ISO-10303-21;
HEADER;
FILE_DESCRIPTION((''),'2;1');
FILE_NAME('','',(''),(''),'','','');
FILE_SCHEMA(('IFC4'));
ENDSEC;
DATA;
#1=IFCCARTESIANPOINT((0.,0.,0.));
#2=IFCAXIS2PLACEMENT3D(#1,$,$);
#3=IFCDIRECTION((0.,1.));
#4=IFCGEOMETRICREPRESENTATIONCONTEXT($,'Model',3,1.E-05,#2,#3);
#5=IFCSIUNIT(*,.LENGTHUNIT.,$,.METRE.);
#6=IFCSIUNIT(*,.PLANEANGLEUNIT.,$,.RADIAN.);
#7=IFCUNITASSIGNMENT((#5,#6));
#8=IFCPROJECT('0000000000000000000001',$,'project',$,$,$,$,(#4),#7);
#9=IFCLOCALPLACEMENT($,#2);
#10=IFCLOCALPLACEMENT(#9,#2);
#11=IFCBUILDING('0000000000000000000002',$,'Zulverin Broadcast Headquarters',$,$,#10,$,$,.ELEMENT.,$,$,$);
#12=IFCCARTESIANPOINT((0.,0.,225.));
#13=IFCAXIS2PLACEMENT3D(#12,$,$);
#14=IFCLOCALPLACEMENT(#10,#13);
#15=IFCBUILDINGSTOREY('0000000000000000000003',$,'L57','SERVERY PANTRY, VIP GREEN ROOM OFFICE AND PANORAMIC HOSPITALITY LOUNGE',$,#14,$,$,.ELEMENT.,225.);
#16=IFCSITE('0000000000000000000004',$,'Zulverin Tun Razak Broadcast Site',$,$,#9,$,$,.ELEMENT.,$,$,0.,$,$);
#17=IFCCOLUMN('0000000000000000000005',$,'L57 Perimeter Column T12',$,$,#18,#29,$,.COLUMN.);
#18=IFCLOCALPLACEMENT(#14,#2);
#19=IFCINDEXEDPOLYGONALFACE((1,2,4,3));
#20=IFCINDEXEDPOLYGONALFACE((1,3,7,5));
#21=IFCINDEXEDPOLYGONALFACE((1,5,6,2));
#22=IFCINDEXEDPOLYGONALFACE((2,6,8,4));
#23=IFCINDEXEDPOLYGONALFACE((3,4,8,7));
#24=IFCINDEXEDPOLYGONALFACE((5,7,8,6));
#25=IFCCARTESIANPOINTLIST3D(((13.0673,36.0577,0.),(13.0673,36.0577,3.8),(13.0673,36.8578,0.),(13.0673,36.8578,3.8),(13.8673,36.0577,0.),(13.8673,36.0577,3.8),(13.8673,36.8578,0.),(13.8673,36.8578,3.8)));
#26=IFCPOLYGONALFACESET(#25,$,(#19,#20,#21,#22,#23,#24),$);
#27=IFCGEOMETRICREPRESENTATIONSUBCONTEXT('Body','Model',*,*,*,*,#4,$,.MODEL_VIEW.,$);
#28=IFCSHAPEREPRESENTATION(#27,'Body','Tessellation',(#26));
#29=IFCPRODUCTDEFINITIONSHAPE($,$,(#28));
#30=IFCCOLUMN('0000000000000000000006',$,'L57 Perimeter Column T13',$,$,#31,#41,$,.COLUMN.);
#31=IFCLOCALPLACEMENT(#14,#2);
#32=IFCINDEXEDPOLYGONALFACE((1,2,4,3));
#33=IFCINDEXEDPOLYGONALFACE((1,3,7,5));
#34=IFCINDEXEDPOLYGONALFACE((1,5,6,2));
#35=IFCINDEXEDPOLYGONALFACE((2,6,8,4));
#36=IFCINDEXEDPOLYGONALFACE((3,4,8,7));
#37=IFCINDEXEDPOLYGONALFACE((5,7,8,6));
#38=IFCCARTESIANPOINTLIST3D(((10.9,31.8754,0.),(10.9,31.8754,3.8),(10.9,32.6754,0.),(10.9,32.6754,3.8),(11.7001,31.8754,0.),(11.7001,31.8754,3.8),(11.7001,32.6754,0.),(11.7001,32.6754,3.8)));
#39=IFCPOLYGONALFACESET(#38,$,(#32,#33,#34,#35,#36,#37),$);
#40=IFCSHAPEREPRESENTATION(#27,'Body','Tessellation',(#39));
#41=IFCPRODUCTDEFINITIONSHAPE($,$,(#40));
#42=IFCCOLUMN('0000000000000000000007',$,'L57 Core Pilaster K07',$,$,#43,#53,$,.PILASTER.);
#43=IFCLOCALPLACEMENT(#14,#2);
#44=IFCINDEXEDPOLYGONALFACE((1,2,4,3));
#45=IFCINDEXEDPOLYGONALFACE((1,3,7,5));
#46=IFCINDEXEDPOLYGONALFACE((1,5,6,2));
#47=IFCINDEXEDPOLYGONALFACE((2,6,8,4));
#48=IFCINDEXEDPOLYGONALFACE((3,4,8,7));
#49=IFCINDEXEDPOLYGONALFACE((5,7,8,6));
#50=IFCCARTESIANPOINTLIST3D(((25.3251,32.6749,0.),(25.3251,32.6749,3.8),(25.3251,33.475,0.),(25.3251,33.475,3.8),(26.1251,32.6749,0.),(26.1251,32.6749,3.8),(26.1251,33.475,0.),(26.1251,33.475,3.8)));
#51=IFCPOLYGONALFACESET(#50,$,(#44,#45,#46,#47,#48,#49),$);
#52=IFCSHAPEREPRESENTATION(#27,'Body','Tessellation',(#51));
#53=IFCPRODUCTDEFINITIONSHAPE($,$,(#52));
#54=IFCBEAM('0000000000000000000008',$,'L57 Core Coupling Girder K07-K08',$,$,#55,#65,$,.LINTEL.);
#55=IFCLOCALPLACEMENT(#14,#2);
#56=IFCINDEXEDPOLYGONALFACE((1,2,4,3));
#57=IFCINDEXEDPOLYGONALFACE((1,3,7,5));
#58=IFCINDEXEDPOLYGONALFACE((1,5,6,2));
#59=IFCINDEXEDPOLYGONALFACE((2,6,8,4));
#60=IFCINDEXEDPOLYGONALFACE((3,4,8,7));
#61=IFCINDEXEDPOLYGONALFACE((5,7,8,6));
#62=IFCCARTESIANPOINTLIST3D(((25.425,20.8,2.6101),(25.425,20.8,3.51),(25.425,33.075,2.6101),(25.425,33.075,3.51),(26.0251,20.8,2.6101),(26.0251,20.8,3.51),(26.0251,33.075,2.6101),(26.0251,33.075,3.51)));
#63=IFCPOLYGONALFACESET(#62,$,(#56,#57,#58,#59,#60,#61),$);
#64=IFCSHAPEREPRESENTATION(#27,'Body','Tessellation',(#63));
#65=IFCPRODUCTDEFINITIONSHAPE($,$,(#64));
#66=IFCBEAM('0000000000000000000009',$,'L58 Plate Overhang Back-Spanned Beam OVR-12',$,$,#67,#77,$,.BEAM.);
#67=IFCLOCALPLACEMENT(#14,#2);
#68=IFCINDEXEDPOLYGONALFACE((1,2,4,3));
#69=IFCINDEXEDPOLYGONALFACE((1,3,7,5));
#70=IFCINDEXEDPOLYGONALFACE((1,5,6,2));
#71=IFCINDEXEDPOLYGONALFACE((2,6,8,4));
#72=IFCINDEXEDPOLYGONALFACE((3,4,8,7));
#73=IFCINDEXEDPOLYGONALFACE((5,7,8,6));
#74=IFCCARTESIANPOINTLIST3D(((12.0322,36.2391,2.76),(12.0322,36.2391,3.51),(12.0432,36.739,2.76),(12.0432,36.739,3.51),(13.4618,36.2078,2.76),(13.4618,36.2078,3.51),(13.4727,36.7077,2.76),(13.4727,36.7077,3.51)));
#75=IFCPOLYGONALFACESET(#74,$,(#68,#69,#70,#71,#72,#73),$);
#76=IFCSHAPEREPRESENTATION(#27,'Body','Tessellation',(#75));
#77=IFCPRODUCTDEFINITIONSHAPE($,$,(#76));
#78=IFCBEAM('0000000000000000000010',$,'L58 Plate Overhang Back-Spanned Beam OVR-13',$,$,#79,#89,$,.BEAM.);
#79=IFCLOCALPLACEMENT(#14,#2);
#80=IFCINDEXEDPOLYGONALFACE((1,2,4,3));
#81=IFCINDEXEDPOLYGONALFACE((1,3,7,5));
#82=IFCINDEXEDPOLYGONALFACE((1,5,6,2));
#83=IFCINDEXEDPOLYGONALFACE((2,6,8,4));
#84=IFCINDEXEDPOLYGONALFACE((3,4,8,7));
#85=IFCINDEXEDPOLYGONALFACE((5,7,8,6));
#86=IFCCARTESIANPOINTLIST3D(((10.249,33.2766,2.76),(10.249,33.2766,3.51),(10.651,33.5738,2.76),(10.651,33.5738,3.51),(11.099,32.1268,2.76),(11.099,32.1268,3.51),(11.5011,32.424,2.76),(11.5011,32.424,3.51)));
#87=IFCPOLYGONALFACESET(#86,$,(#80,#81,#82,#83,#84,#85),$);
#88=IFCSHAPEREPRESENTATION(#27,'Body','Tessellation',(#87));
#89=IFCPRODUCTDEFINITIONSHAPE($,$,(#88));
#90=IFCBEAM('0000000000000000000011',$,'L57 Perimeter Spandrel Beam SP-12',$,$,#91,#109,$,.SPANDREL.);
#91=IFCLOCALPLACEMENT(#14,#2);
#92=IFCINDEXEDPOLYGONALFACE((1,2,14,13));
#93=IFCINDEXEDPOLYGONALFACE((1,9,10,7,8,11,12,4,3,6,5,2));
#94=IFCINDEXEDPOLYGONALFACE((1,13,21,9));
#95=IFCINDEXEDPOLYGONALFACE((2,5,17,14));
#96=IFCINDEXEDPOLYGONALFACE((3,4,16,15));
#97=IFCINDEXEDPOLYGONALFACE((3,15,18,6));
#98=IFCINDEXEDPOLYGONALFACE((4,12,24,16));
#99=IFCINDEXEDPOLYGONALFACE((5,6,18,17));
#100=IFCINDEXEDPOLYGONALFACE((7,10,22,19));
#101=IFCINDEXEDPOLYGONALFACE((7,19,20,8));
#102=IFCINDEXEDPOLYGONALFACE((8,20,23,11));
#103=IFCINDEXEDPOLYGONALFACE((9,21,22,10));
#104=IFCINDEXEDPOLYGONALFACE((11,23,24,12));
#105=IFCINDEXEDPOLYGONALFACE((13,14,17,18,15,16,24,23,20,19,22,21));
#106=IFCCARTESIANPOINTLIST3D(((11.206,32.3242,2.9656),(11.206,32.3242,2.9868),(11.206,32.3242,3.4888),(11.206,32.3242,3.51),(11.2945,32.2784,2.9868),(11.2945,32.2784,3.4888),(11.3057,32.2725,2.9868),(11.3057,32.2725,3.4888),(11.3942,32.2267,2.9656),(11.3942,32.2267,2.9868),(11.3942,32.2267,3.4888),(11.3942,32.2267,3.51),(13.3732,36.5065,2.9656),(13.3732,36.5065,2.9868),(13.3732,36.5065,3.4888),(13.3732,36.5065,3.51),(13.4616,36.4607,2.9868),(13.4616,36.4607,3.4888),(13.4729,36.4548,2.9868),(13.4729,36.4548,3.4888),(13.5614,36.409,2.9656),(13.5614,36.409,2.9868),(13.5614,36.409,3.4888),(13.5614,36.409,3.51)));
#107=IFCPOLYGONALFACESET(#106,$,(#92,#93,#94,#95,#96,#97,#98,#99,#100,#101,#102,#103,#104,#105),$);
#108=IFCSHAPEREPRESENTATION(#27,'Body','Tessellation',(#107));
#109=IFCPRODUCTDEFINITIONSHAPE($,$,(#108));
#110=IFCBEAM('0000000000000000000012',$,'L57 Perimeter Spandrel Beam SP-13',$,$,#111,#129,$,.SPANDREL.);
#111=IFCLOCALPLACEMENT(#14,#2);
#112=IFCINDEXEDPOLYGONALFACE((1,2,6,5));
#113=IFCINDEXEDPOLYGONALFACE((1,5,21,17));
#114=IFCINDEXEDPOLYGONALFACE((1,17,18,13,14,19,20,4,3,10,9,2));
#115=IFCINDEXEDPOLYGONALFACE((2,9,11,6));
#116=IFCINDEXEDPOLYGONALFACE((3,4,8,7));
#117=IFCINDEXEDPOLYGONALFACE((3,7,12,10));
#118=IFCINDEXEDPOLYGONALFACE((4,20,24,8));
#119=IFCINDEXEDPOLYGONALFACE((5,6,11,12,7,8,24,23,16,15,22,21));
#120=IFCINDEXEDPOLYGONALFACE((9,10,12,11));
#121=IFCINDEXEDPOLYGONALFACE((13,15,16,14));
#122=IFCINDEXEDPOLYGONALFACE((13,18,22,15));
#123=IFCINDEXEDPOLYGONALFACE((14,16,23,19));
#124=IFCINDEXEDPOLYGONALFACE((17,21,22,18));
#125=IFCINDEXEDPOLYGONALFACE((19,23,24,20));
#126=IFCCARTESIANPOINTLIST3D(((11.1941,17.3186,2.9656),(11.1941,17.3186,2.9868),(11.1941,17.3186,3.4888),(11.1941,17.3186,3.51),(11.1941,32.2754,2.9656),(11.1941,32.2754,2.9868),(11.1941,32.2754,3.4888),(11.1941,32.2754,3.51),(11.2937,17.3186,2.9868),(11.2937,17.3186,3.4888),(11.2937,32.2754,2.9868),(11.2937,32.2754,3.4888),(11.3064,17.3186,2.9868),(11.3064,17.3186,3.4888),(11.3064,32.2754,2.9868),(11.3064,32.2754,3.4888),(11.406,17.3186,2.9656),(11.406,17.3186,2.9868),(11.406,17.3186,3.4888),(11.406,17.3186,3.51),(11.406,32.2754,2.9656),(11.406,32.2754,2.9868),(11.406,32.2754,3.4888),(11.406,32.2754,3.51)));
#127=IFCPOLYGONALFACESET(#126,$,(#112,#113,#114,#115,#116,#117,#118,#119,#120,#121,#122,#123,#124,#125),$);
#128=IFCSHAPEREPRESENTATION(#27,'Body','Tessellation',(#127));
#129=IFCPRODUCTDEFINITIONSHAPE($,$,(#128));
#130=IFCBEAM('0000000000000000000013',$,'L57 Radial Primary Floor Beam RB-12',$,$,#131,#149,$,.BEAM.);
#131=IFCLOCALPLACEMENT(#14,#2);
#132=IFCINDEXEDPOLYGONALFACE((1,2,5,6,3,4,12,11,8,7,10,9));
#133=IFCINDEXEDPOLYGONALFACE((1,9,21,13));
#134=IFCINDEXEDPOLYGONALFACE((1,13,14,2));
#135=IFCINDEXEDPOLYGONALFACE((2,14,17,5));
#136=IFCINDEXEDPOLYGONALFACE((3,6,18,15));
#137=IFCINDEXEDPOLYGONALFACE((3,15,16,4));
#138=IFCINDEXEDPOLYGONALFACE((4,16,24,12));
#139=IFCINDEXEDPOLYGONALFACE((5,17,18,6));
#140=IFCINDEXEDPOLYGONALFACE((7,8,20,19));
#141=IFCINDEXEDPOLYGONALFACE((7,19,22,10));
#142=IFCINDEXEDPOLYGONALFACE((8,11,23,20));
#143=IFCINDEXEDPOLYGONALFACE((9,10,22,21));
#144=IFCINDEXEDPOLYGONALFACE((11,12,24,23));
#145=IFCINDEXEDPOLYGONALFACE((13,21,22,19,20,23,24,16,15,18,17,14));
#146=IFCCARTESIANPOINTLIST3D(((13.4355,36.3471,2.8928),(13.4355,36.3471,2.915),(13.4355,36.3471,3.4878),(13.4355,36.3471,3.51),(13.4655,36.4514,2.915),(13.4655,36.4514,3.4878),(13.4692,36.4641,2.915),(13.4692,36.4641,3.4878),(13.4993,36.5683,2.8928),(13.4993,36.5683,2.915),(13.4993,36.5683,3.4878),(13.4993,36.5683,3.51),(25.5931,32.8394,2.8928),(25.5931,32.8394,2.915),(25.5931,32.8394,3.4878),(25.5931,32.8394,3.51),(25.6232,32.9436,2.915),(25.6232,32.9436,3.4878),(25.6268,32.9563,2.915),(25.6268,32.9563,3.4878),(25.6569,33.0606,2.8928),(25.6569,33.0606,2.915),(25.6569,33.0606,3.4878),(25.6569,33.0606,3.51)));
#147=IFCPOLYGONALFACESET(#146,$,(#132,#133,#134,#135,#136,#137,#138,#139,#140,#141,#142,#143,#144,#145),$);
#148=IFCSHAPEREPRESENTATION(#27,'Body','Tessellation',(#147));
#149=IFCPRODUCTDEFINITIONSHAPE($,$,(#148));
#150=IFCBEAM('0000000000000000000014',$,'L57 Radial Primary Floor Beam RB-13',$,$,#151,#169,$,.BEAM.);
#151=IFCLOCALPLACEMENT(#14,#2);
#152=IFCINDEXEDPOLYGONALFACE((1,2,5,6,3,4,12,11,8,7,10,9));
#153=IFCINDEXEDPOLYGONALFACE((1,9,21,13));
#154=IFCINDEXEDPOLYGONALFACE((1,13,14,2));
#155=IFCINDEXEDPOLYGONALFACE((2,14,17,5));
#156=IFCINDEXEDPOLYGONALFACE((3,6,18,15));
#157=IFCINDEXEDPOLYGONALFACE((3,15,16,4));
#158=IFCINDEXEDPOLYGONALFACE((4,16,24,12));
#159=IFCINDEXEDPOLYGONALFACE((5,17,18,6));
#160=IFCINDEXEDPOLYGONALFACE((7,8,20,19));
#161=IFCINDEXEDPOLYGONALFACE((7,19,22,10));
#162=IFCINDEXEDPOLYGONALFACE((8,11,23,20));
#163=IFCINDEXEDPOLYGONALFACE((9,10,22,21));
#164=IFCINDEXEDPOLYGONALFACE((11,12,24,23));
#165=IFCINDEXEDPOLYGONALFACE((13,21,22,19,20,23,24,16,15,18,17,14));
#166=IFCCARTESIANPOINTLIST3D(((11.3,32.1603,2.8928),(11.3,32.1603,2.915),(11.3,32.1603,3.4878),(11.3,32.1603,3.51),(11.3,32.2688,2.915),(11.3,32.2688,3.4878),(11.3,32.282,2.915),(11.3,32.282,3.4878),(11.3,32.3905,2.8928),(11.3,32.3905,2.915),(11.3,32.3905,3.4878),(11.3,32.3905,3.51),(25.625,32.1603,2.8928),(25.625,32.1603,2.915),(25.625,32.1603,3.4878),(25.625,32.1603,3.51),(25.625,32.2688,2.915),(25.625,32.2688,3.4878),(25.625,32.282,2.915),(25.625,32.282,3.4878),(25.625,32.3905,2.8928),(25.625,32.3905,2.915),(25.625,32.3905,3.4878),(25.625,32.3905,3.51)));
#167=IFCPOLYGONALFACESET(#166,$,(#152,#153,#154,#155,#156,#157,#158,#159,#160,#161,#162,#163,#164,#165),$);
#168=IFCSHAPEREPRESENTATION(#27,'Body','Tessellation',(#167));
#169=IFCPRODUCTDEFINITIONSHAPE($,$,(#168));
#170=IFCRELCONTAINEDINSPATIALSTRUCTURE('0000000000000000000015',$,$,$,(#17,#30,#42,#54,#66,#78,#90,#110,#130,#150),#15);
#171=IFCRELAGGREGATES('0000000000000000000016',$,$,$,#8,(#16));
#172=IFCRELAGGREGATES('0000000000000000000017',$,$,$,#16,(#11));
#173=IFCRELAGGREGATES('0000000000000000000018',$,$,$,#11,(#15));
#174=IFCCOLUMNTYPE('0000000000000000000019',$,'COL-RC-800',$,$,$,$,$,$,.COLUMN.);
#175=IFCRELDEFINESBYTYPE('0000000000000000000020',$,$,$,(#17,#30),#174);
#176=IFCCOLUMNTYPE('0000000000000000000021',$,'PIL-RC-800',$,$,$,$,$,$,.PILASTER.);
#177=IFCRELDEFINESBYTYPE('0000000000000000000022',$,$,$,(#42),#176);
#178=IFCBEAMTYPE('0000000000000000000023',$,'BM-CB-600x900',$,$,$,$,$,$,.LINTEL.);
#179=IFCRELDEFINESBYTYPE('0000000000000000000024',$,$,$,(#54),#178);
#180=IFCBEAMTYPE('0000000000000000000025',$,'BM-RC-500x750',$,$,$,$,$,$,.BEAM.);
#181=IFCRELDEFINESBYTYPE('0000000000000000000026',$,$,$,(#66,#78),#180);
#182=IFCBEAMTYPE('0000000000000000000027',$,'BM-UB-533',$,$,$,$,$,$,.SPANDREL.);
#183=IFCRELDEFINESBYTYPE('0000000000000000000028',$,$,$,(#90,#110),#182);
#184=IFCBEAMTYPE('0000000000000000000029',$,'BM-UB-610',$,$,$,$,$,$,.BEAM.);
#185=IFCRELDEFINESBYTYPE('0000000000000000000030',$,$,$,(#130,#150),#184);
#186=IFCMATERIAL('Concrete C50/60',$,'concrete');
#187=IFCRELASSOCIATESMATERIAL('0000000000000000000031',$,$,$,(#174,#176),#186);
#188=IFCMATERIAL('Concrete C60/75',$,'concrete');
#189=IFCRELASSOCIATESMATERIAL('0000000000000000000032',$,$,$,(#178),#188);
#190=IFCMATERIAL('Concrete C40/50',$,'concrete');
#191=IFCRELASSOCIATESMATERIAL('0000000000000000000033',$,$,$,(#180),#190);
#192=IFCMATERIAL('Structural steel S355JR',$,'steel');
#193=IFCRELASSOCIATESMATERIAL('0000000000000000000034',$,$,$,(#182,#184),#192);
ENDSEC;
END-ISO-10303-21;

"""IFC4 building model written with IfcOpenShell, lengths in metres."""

from ifc_helpers import new_model, si_unit, direction, frame, origin, origin_2d, place, context, subcontext, project, spatial, rectangle, i_section, extrude, material, material_profile, profile_set, type_object, element, save


model = new_model("IFC4")

# Units and contexts
model_context = context("Model", 3, precision=1e-05, world=origin(), true_north=direction((0.0, 1.0)))
body_context = subcontext(model_context, "Body", "Model", "MODEL_VIEW")
ifc_project = project(units=[si_unit("LENGTHUNIT", "METRE"), si_unit("PLANEANGLEUNIT", "RADIAN")], contexts=[model_context])

# Site, building, storey
site_placement = place(None, origin())
site = spatial("IfcSite", under=ifc_project, at=site_placement, Name="Zulverin Tun Razak Broadcast Site", CompositionType="ELEMENT", RefElevation=0.0)
building_placement = place(site_placement, origin())
building = spatial("IfcBuilding", under=site, at=building_placement, Name="Zulverin Broadcast Headquarters", CompositionType="ELEMENT")
storey_placement = place(building_placement, frame((0.0, 0.0, 225.0)))
storey = spatial("IfcBuildingStorey", under=building, at=storey_placement, Name="L57", Description="SERVERY PANTRY, VIP GREEN ROOM OFFICE AND PANORAMIC HOSPITALITY LOUNGE", CompositionType="ELEMENT", Elevation=225.0)

# Columns
ifc_material_1 = material(Name="Concrete C50/60", Category="concrete")
ifc_material_profile_1 = material_profile(ifc_material_1, rectangle(XDim=0.8, YDim=0.8, at=origin_2d()), Name="Concrete C50/60", Category="concrete")
ifc_profile_set_1 = profile_set([ifc_material_profile_1], Name="Concrete C50/60")
column_type_1 = type_object("IfcColumnType", Name="COL-RC-800", PredefinedType="COLUMN", material=ifc_profile_set_1)
for number, where, z_axis, x_axis, name in (
    (1, (13.4673, 36.4578, 0.0), (0.0, 0.0, 1.0), (1.0, 0.0, 0.0), "L57 Perimeter Column T12"),
    (2, (11.3, 32.2754, 0.0), (0.0, 0.0, 1.0), (1.0, 0.0, 0.0), "L57 Perimeter Column T13"),
):
    element("IfcColumn", number, at=place(storey_placement, frame(where, z_axis=z_axis, x_axis=x_axis)), inside=storey, type_object=column_type_1, Name=name, PredefinedType="COLUMN", context=body_context, shape_type="SweptSolid", body=[
        extrude(rectangle(XDim=0.8, YDim=0.8, at=origin_2d()), origin(), (0.0, 0.0, 1.0), 3.8),
    ])
ifc_material_profile_2 = material_profile(ifc_material_1, rectangle(XDim=0.8, YDim=0.8, at=origin_2d()), Name="Concrete C50/60", Category="concrete")
ifc_profile_set_2 = profile_set([ifc_material_profile_2], Name="Concrete C50/60")
column_type_2 = type_object("IfcColumnType", Name="PIL-RC-800", PredefinedType="PILASTER", material=ifc_profile_set_2)
column_placement = place(storey_placement, frame((25.7251, 33.075, 0.0), z_axis=(0.0, 0.0, 1.0), x_axis=(1.0, 0.0, 0.0)))
element("IfcColumn", 3, at=column_placement, inside=storey, type_object=column_type_2, Name="L57 Core Pilaster K07", PredefinedType="PILASTER", context=body_context, shape_type="SweptSolid", body=[
    extrude(rectangle(XDim=0.8, YDim=0.8, at=origin_2d()), origin(), (0.0, 0.0, 1.0), 3.8),
])

# Beams
ifc_material_2 = material(Name="Concrete C60/75", Category="concrete")
ifc_material_profile_3 = material_profile(ifc_material_2, rectangle(XDim=0.6001, YDim=0.8999, at=origin_2d()), Name="Concrete C60/75", Category="concrete")
ifc_profile_set_3 = profile_set([ifc_material_profile_3], Name="Concrete C60/75")
beam_type_1 = type_object("IfcBeamType", Name="BM-CB-600x900", PredefinedType="LINTEL", material=ifc_profile_set_3)
beam_1_placement = place(storey_placement, frame((25.7251, 33.075, 3.0601), z_axis=(0.0, -1.0, 0.0), x_axis=(1.0, 0.0, 0.0)))
element("IfcBeam", 4, at=beam_1_placement, inside=storey, type_object=beam_type_1, Name="L57 Core Coupling Girder K07-K08", PredefinedType="LINTEL", context=body_context, shape_type="SweptSolid", body=[
    extrude(rectangle(XDim=0.6001, YDim=0.8999, at=origin_2d()), origin(), (0.0, 0.0, 1.0), 12.2749),
])
ifc_material_3 = material(Name="Concrete C40/50", Category="concrete")
ifc_material_profile_4 = material_profile(ifc_material_3, rectangle(XDim=0.5, YDim=0.75, at=origin_2d()), Name="Concrete C40/50", Category="concrete")
ifc_profile_set_4 = profile_set([ifc_material_profile_4], Name="Concrete C40/50")
beam_type_2 = type_object("IfcBeamType", Name="BM-RC-500x750", PredefinedType="BEAM", material=ifc_profile_set_4)
for number, where, z_axis, x_axis, name in (
    (5, (13.4673, 36.4578, 3.135), (-0.999761, 0.021853, 0.0), (-0.021853, -0.999761, 0.0), "L58 Plate Overhang Back-Spanned Beam OVR-12"),
    (6, (11.3, 32.2754, 3.135), (-0.594468, 0.804119, 0.0), (-0.804119, -0.594468, 0.0), "L58 Plate Overhang Back-Spanned Beam OVR-13"),
):
    element("IfcBeam", number, at=place(storey_placement, frame(where, z_axis=z_axis, x_axis=x_axis)), inside=storey, type_object=beam_type_2, Name=name, PredefinedType="BEAM", context=body_context, shape_type="SweptSolid", body=[
        extrude(rectangle(XDim=0.5, YDim=0.75, at=origin_2d()), origin(), (0.0, 0.0, 1.0), 1.4299),
    ])
ifc_material_4 = material(Name="Structural steel S355JR", Category="steel")
ifc_material_profile_5 = material_profile(ifc_material_4, i_section(OverallWidth=0.2119, OverallDepth=0.5444, WebThickness=0.0127, FlangeThickness=0.0212, at=origin_2d()), Name="Structural steel S355JR", Category="steel")
ifc_profile_set_5 = profile_set([ifc_material_profile_5], Name="Structural steel S355JR")
beam_type_3 = type_object("IfcBeamType", Name="BM-UB-533", PredefinedType="SPANDREL", material=ifc_profile_set_5)
beam_2_placement = place(storey_placement, frame((13.4673, 36.4578, 3.2378), z_axis=(-0.460083, -0.887876, 0.0), x_axis=(0.887876, -0.460083, 0.0)))
element("IfcBeam", 7, at=beam_2_placement, inside=storey, type_object=beam_type_3, Name="L57 Perimeter Spandrel Beam SP-12", PredefinedType="SPANDREL", context=body_context, shape_type="SweptSolid", body=[
    extrude(i_section(OverallWidth=0.2119, OverallDepth=0.5444, WebThickness=0.0127, FlangeThickness=0.0212, at=origin_2d()), origin(), (0.0, 0.0, 1.0), 4.7104),
])
beam_3_placement = place(storey_placement, frame((11.3, 32.2754, 3.2378), z_axis=(0.0, -1.0, 0.0), x_axis=(1.0, 0.0, 0.0)))
element("IfcBeam", 8, at=beam_3_placement, inside=storey, type_object=beam_type_3, Name="L57 Perimeter Spandrel Beam SP-13", PredefinedType="SPANDREL", context=body_context, shape_type="SweptSolid", body=[
    extrude(i_section(OverallWidth=0.2119, OverallDepth=0.5444, WebThickness=0.0127, FlangeThickness=0.0212, at=origin_2d()), origin(), (0.0, 0.0, 1.0), 14.9568),
])
ifc_material_profile_6 = material_profile(ifc_material_4, i_section(OverallWidth=0.2302, OverallDepth=0.6172, WebThickness=0.0132, FlangeThickness=0.0222, at=origin_2d()), Name="Structural steel S355JR", Category="steel")
ifc_profile_set_6 = profile_set([ifc_material_profile_6], Name="Structural steel S355JR")
beam_type_4 = type_object("IfcBeamType", Name="BM-UB-610", PredefinedType="BEAM", material=ifc_profile_set_6)
beam_4_placement = place(storey_placement, frame((25.625, 32.95, 3.2014), z_axis=(-0.960807, 0.277218, 0.0), x_axis=(-0.277218, -0.960807, 0.0)))
element("IfcBeam", 9, at=beam_4_placement, inside=storey, type_object=beam_type_4, Name="L57 Radial Primary Floor Beam RB-12", PredefinedType="BEAM", context=body_context, shape_type="SweptSolid", body=[
    extrude(i_section(OverallWidth=0.2302, OverallDepth=0.6172, WebThickness=0.0132, FlangeThickness=0.0222, at=origin_2d()), origin(), (0.0, 0.0, 1.0), 12.6536),
])
beam_5_placement = place(storey_placement, frame((25.625, 32.2754, 3.2014), z_axis=(-1.0, 0.0, 0.0), x_axis=(0.0, -1.0, 0.0)))
element("IfcBeam", 10, at=beam_5_placement, inside=storey, type_object=beam_type_4, Name="L57 Radial Primary Floor Beam RB-13", PredefinedType="BEAM", context=body_context, shape_type="SweptSolid", body=[
    extrude(i_section(OverallWidth=0.2302, OverallDepth=0.6172, WebThickness=0.0132, FlangeThickness=0.0222, at=origin_2d()), origin(), (0.0, 0.0, 1.0), 14.325),
])

save(model, "model.ifc")
